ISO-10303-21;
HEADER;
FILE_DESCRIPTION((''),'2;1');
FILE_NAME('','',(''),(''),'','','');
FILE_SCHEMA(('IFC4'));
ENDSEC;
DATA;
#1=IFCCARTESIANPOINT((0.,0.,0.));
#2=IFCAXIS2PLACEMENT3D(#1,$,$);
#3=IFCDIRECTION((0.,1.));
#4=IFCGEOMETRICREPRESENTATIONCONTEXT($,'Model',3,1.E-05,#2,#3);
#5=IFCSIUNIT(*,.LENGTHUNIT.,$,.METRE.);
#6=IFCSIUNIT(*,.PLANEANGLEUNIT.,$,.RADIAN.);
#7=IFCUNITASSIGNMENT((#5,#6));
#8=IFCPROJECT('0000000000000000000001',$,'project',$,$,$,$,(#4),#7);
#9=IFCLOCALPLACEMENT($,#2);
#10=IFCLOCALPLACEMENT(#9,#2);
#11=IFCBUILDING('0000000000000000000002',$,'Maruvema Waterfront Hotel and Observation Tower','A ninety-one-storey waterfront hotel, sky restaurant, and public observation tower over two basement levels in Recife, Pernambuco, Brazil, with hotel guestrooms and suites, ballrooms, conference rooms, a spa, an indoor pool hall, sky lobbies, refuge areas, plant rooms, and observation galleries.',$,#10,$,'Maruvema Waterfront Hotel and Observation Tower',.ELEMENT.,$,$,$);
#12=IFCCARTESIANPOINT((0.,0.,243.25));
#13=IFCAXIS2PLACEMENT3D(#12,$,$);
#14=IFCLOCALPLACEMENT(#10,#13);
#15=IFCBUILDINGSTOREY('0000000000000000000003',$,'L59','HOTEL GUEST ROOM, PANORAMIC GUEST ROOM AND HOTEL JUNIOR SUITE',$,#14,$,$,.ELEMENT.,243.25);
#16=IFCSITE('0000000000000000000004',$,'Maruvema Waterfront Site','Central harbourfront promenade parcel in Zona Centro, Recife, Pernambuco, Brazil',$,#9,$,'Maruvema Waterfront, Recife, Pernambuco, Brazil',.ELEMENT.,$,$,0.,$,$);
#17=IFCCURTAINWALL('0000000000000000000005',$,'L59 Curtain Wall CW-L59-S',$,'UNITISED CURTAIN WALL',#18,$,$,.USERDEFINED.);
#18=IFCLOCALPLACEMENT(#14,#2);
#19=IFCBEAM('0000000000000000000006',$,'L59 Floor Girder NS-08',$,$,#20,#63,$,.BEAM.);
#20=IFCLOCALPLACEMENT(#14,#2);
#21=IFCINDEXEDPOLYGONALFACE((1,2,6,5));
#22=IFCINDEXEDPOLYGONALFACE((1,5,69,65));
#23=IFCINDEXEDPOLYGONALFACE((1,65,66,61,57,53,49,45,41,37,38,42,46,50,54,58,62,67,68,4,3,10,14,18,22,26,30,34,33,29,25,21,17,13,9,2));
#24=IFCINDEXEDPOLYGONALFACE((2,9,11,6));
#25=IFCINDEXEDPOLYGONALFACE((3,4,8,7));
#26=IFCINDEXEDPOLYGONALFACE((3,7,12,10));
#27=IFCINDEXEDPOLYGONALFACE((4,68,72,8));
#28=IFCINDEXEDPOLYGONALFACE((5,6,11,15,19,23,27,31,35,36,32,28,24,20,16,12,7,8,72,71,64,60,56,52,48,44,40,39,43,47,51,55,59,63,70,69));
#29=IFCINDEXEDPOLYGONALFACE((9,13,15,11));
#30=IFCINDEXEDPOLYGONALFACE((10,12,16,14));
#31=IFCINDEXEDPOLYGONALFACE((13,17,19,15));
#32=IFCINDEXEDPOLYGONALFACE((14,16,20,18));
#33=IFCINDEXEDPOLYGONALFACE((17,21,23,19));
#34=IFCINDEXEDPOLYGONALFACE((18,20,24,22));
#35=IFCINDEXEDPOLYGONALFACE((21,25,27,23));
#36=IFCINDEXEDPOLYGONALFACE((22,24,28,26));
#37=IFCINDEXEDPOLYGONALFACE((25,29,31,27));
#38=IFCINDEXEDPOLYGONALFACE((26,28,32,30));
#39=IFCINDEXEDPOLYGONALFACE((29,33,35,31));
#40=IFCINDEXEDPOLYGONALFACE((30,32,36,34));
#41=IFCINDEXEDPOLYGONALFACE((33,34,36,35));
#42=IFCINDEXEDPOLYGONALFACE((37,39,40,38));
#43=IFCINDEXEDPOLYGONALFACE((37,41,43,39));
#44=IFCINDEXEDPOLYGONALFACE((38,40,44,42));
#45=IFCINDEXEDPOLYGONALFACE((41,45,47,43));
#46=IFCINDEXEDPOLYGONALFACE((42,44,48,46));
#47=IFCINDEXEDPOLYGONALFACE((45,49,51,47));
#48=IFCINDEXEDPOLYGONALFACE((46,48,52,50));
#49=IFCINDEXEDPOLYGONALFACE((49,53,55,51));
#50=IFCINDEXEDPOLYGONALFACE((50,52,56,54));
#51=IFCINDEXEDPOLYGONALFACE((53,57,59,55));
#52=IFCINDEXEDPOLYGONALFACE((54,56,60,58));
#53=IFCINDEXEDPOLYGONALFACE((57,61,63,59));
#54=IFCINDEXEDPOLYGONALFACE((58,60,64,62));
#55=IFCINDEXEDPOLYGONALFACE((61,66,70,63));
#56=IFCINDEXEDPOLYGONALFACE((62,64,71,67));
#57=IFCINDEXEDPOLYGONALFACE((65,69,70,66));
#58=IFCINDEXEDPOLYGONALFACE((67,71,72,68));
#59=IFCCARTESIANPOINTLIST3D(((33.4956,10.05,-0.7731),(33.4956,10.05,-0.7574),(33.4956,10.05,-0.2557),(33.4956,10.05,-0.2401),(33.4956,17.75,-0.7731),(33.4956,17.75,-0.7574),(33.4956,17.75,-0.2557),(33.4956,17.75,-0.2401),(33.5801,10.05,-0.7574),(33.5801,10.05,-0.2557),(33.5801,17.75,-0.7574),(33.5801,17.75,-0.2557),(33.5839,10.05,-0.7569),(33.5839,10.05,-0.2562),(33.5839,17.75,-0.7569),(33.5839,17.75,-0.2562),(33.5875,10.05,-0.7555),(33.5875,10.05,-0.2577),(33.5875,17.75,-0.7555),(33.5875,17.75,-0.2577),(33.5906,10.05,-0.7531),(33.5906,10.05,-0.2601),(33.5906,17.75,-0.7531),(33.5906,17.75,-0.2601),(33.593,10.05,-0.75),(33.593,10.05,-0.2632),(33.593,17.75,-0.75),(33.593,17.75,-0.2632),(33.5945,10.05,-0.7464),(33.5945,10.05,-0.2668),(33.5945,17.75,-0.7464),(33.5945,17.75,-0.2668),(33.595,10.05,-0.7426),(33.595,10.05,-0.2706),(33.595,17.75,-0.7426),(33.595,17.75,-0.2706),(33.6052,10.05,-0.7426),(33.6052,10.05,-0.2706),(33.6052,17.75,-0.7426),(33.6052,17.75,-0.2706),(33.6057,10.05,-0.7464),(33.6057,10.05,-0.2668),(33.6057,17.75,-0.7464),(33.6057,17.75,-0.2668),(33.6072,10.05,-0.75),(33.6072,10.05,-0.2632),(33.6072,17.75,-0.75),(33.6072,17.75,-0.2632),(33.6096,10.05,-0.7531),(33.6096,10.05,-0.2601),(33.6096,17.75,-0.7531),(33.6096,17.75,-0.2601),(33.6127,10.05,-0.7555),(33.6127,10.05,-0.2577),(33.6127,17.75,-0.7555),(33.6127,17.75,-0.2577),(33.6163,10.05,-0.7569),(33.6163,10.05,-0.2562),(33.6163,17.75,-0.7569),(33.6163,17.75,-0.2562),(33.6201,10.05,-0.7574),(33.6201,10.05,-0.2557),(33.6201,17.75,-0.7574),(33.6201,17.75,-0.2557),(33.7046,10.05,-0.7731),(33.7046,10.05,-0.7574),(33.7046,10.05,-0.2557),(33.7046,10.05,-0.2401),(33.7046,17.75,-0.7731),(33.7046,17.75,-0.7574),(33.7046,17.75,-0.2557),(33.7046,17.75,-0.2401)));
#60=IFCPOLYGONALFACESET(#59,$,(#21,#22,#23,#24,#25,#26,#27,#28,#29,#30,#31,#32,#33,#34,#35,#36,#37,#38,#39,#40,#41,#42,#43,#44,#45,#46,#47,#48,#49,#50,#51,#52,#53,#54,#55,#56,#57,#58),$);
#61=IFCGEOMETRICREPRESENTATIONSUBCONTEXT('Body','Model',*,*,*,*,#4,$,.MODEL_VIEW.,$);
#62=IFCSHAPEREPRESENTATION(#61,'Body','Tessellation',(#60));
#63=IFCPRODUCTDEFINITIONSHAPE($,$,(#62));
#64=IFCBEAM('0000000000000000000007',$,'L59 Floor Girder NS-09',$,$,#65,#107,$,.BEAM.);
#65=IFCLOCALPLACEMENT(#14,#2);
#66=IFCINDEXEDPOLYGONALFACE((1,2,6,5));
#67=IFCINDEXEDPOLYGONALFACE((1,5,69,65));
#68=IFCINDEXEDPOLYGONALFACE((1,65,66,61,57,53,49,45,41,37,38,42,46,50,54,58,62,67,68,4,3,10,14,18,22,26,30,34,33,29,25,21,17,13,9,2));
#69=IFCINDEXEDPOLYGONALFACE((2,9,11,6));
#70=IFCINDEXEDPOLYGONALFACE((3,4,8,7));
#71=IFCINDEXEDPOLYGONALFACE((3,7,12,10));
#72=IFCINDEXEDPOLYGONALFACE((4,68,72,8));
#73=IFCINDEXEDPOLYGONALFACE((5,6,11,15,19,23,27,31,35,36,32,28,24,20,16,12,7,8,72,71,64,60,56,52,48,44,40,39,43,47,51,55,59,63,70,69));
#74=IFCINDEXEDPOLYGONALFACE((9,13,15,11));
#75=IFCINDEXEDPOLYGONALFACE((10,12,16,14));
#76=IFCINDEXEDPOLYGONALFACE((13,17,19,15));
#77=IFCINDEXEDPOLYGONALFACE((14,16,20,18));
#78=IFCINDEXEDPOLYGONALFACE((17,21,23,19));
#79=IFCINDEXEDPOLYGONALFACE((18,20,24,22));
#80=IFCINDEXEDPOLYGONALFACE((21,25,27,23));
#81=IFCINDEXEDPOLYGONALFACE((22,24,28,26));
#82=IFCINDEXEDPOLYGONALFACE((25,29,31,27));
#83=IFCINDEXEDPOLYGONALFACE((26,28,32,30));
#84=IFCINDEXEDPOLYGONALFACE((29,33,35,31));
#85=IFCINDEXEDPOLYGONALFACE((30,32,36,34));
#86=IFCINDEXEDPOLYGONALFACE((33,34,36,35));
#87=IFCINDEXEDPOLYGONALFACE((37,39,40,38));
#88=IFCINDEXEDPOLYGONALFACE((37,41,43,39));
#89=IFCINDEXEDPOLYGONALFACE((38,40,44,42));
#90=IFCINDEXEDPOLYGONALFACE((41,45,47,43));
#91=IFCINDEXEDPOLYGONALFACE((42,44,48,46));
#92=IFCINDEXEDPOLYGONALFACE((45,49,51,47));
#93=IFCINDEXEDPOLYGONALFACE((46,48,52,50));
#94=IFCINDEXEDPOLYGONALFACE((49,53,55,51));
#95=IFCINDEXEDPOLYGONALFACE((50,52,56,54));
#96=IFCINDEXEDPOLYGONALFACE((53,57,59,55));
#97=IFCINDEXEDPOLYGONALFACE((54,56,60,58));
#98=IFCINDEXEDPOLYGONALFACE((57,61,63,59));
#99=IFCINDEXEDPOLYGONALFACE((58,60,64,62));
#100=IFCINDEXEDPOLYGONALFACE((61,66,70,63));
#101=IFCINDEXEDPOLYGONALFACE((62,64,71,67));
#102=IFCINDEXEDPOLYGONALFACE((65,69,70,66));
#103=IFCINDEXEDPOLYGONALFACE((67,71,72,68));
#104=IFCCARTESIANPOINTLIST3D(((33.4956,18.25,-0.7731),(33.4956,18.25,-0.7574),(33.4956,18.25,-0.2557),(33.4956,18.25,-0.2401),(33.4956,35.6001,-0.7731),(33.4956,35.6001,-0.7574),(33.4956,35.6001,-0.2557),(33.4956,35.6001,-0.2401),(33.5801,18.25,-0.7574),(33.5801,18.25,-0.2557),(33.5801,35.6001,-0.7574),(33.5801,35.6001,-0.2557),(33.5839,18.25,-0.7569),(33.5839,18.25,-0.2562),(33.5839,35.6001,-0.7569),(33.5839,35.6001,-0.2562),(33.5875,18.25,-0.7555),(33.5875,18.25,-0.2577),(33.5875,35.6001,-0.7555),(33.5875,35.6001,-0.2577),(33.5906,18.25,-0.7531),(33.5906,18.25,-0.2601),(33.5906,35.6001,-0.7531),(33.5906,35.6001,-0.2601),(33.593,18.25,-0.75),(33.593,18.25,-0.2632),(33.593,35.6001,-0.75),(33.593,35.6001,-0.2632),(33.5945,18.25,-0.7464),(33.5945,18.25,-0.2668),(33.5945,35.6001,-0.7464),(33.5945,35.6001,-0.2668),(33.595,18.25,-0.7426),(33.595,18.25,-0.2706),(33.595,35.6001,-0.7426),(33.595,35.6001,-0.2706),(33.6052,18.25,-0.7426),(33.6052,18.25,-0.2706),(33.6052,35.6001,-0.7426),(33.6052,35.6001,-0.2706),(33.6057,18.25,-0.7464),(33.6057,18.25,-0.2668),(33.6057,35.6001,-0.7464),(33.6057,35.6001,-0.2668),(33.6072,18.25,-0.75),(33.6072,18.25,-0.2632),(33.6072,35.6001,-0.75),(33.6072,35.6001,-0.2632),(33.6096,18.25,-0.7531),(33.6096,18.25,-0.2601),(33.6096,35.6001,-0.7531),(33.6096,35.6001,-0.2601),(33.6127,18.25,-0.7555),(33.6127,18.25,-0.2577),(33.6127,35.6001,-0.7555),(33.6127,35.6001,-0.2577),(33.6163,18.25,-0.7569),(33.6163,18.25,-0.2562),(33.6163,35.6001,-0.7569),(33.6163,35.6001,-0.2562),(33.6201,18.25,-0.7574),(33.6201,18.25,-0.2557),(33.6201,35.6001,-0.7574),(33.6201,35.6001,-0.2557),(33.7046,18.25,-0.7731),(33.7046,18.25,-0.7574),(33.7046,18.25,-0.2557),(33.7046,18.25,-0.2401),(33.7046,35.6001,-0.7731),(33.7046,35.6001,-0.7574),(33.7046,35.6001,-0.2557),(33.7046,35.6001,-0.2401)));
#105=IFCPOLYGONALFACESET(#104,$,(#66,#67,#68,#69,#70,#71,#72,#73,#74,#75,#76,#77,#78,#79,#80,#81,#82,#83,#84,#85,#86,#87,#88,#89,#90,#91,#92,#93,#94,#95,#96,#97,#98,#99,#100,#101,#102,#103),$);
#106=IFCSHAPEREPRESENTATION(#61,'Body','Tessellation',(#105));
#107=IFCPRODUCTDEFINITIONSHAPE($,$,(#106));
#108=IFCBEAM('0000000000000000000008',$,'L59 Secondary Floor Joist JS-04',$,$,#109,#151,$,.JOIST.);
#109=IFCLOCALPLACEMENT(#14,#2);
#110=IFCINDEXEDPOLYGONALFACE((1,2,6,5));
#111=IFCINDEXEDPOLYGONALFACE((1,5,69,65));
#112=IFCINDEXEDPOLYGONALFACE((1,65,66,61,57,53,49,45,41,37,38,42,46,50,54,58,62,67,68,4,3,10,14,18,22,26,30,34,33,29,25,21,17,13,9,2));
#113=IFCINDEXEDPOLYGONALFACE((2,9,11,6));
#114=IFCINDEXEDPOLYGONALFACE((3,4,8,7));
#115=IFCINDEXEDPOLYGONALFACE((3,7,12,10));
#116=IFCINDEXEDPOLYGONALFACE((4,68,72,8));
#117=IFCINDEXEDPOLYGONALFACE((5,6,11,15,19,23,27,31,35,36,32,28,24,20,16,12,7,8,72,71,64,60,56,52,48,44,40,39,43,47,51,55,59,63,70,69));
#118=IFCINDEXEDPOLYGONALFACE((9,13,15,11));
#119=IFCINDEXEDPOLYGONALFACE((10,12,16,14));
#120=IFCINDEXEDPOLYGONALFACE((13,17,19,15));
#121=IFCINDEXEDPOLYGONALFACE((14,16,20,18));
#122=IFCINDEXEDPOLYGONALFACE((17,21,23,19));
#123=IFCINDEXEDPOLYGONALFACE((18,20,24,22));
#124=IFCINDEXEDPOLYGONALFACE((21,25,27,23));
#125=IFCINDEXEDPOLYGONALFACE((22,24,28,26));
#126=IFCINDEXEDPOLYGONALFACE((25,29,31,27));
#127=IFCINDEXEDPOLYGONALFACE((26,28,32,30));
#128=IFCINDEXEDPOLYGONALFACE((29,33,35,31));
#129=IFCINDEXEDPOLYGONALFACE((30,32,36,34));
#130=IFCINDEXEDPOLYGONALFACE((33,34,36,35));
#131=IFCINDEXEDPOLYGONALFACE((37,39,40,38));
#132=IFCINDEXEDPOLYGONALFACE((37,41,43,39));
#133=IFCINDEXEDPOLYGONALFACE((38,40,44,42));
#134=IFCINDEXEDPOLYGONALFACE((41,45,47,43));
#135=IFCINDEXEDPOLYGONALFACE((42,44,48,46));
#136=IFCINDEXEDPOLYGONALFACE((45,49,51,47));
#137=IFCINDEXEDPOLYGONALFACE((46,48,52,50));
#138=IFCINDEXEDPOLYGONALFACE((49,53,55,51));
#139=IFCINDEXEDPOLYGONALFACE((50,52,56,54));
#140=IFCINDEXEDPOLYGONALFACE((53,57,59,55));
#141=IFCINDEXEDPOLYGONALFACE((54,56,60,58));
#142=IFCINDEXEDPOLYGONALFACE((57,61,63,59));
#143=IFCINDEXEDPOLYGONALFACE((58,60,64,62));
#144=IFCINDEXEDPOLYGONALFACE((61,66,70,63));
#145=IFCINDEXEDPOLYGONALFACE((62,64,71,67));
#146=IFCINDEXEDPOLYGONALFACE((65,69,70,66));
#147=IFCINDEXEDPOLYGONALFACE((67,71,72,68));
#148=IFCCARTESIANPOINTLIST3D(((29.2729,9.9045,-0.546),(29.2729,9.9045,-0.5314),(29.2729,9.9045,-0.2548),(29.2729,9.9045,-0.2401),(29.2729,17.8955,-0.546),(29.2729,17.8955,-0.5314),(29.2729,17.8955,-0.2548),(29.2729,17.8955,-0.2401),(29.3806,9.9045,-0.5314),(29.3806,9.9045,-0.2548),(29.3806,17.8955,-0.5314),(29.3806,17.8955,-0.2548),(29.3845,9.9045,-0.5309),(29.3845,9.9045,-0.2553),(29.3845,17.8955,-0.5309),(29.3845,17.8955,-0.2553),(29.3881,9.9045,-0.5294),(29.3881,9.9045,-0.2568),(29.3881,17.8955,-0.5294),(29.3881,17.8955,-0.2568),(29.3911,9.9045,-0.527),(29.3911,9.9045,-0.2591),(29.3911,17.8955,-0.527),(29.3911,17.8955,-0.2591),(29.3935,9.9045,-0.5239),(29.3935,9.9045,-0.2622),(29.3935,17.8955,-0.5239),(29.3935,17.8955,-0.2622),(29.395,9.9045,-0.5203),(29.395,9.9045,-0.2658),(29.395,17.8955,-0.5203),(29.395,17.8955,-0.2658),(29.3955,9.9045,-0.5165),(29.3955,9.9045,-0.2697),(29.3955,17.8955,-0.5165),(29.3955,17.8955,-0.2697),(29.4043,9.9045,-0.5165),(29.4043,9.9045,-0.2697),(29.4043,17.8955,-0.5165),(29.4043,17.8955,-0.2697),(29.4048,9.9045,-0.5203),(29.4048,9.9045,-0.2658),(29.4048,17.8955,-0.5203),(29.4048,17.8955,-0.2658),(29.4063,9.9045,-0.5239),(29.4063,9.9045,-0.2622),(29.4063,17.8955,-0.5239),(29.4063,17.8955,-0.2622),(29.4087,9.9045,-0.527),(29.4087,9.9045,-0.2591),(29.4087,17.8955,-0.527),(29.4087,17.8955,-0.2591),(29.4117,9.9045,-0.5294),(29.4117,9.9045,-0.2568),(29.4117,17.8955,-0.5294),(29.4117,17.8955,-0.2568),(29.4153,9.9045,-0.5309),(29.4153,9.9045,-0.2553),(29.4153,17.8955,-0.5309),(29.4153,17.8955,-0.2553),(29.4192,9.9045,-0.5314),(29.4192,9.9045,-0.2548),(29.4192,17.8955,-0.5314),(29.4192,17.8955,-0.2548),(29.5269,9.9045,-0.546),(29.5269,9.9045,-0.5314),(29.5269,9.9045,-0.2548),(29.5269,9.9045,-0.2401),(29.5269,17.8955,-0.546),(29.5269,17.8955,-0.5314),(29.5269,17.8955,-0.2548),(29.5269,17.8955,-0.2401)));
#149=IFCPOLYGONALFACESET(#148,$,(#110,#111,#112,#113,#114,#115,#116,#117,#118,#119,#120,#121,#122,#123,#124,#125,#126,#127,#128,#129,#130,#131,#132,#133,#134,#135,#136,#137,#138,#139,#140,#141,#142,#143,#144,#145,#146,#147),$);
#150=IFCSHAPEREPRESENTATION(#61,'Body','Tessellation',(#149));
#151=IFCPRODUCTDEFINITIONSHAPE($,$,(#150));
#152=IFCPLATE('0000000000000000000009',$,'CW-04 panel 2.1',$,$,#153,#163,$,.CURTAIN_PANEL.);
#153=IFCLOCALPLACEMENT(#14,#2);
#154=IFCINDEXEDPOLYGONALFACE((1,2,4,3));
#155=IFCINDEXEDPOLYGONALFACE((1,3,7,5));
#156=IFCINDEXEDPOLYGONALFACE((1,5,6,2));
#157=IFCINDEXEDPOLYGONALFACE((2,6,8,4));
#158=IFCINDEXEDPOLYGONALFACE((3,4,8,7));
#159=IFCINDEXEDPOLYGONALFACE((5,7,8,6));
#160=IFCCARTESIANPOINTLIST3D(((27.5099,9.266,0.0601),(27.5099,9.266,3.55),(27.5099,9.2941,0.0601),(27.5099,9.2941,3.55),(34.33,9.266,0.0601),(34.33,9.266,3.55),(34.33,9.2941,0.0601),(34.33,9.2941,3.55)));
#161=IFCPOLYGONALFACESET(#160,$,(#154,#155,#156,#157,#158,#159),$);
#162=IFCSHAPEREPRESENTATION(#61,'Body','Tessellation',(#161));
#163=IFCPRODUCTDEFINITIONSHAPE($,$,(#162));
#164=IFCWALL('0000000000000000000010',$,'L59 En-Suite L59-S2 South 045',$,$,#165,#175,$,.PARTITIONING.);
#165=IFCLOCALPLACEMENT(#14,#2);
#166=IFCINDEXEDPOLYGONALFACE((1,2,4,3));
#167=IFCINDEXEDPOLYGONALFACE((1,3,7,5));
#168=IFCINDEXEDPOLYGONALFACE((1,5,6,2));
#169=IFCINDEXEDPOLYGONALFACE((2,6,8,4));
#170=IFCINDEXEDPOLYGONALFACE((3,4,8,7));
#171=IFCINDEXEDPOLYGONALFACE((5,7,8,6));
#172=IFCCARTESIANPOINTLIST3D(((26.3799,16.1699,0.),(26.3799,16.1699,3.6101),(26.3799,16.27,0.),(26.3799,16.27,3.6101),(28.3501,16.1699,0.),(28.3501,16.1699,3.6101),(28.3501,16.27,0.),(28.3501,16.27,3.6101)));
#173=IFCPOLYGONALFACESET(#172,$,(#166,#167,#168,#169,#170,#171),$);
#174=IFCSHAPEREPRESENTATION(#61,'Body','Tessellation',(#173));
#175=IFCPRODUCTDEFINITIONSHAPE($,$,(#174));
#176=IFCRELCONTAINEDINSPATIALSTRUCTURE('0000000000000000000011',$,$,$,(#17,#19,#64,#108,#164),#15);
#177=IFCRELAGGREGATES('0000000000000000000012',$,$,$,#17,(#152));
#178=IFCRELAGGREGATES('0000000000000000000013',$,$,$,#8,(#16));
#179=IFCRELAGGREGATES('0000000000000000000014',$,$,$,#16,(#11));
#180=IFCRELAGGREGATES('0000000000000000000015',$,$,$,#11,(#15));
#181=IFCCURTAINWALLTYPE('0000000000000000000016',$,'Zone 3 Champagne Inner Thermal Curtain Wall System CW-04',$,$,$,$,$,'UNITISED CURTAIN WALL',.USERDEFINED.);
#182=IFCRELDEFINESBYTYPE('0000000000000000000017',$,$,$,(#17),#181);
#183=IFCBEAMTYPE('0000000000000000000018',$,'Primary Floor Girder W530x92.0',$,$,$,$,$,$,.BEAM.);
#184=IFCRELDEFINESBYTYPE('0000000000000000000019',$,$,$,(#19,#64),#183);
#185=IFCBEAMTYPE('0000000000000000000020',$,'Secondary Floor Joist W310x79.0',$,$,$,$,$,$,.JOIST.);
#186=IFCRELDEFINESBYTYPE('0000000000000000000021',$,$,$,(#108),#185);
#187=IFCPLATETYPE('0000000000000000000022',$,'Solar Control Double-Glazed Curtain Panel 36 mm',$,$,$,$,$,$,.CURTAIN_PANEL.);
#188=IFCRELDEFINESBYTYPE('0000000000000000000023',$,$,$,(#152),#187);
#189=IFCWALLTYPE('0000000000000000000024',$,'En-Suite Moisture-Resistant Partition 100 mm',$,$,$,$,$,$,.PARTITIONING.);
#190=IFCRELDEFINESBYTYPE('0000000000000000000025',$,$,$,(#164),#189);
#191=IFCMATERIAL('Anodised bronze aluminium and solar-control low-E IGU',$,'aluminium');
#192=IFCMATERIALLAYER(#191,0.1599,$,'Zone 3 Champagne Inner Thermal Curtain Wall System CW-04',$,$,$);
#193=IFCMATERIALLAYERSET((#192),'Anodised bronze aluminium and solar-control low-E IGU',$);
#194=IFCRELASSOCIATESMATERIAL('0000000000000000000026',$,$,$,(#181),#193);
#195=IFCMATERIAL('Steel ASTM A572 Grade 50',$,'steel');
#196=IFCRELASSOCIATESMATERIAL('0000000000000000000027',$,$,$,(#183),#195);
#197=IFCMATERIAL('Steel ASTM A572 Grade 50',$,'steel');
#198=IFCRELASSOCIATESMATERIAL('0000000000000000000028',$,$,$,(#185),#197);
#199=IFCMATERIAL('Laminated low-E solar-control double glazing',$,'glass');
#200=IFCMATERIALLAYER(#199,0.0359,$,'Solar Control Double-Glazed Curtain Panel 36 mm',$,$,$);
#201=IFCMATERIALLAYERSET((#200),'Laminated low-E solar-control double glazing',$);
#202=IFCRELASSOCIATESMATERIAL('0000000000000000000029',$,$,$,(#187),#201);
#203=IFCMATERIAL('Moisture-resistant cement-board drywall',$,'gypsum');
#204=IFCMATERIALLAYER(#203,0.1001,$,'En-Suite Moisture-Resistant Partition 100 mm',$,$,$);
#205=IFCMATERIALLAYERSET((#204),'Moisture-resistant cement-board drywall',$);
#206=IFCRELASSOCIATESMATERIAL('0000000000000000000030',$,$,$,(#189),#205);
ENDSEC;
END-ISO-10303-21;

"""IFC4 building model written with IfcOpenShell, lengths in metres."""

from ifc_helpers import new_model, si_unit, direction, frame, frame_2d, origin, origin_2d, place, context, subcontext, project, spatial, rectangle, i_section, extrude, material, layer, layer_set, material_profile, profile_set, type_object, element, aggregate, save


model = new_model("IFC4")

# Units and contexts
model_context = context("Model", 3, precision=1e-05, world=origin(), true_north=direction((0.0, 1.0)))
body_context = subcontext(model_context, "Body", "Model", "MODEL_VIEW")
ifc_project = project(units=[si_unit("LENGTHUNIT", "METRE"), si_unit("PLANEANGLEUNIT", "RADIAN")], contexts=[model_context])

# Site, building, storey
site_placement = place(None, origin())
site = spatial("IfcSite", under=ifc_project, at=site_placement, Name="Maruvema Waterfront Site", Description="Central harbourfront promenade parcel in Zona Centro, Recife, Pernambuco, Brazil", LongName="Maruvema Waterfront, Recife, Pernambuco, Brazil", CompositionType="ELEMENT", RefElevation=0.0)
building_placement = place(site_placement, origin())
building = spatial("IfcBuilding", under=site, at=building_placement, Name="Maruvema Waterfront Hotel and Observation Tower", Description="A ninety-one-storey waterfront hotel, sky restaurant, and public observation tower over two basement levels in Recife, Pernambuco, Brazil, with hotel guestrooms and suites, ballrooms, conference rooms, a spa, an indoor pool hall, sky lobbies, refuge areas, plant rooms, and observation galleries.", LongName="Maruvema Waterfront Hotel and Observation Tower", CompositionType="ELEMENT")
storey_placement = place(building_placement, frame((0.0, 0.0, 243.25)))
storey = spatial("IfcBuildingStorey", under=building, at=storey_placement, Name="L59", Description="HOTEL GUEST ROOM, PANORAMIC GUEST ROOM AND HOTEL JUNIOR SUITE", CompositionType="ELEMENT", Elevation=243.25)

# Curtain wall
ifc_material_1 = material(Name="Anodised bronze aluminium and solar-control low-E IGU", Category="aluminium")
ifc_layer_1 = layer(ifc_material_1, 0.1599, Name="Zone 3 Champagne Inner Thermal Curtain Wall System CW-04")
ifc_layer_set_1 = layer_set([ifc_layer_1], Name="Anodised bronze aluminium and solar-control low-E IGU")
curtain_wall_type = type_object("IfcCurtainWallType", Name="Zone 3 Champagne Inner Thermal Curtain Wall System CW-04", ElementType="UNITISED CURTAIN WALL", PredefinedType="USERDEFINED", material=ifc_layer_set_1)
curtain_wall_placement = place(storey_placement, origin())
curtain_wall = element("IfcCurtainWall", 1, at=curtain_wall_placement, inside=storey, type_object=curtain_wall_type, Name="L59 Curtain Wall CW-L59-S", ObjectType="UNITISED CURTAIN WALL", PredefinedType="USERDEFINED")

# Beams
ifc_material_2 = material(Name="Steel ASTM A572 Grade 50", Category="steel")
ifc_material_profile_1 = material_profile(ifc_material_2, i_section(OverallWidth=0.209, OverallDepth=0.533, WebThickness=0.0103, FlangeThickness=0.0156, FilletRadius=0.0149, at=origin_2d()), Name="W530x92.0")
ifc_profile_set_1 = profile_set([ifc_material_profile_1], Name="Steel ASTM A572 Grade 50")
beam_type_1 = type_object("IfcBeamType", Name="Primary Floor Girder W530x92.0", PredefinedType="BEAM", material=ifc_profile_set_1)
beam_1_placement = place(storey_placement, frame((33.6001, 10.05, -0.5066), z_axis=(0.0, 1.0, 0.0), x_axis=(-1.0, 0.0, 0.0)))
element("IfcBeam", 2, at=beam_1_placement, inside=storey, type_object=beam_type_1, Name="L59 Floor Girder NS-08", PredefinedType="BEAM", context=body_context, shape_type="SweptSolid", body=[
    extrude(i_section(OverallWidth=0.209, OverallDepth=0.533, WebThickness=0.0103, FlangeThickness=0.0156, FilletRadius=0.0149, at=origin_2d()), origin(), (0.0, 0.0, 1.0), 7.7),
])
beam_2_placement = place(storey_placement, frame((33.6001, 18.25, -0.5066), z_axis=(0.0, 1.0, 0.0), x_axis=(-1.0, 0.0, 0.0)))
element("IfcBeam", 3, at=beam_2_placement, inside=storey, type_object=beam_type_1, Name="L59 Floor Girder NS-09", PredefinedType="BEAM", context=body_context, shape_type="SweptSolid", body=[
    extrude(i_section(OverallWidth=0.209, OverallDepth=0.533, WebThickness=0.0103, FlangeThickness=0.0156, FilletRadius=0.0149, at=origin_2d()), origin(), (0.0, 0.0, 1.0), 17.3501),
])
ifc_material_3 = material(Name="Steel ASTM A572 Grade 50", Category="steel")
ifc_material_profile_2 = material_profile(ifc_material_3, i_section(OverallWidth=0.2539, OverallDepth=0.3059, WebThickness=0.0088, FlangeThickness=0.0146, FilletRadius=0.0149, at=origin_2d()), Name="W310x79.0")
ifc_profile_set_2 = profile_set([ifc_material_profile_2], Name="Steel ASTM A572 Grade 50")
beam_type_2 = type_object("IfcBeamType", Name="Secondary Floor Joist W310x79.0", PredefinedType="JOIST", material=ifc_profile_set_2)
beam_3_placement = place(storey_placement, frame((29.3999, 9.9045, -0.3931), z_axis=(0.0, 1.0, 0.0), x_axis=(-1.0, 0.0, 0.0)))
element("IfcBeam", 4, at=beam_3_placement, inside=storey, type_object=beam_type_2, Name="L59 Secondary Floor Joist JS-04", PredefinedType="JOIST", context=body_context, shape_type="SweptSolid", body=[
    extrude(i_section(OverallWidth=0.2539, OverallDepth=0.3059, WebThickness=0.0088, FlangeThickness=0.0146, FilletRadius=0.0149, at=origin_2d()), origin(), (0.0, 0.0, 1.0), 7.991),
])

# Plate
ifc_material_4 = material(Name="Laminated low-E solar-control double glazing", Category="glass")
ifc_layer_2 = layer(ifc_material_4, 0.0359, Name="Solar Control Double-Glazed Curtain Panel 36 mm")
ifc_layer_set_2 = layer_set([ifc_layer_2], Name="Laminated low-E solar-control double glazing")
plate_type = type_object("IfcPlateType", Name="Solar Control Double-Glazed Curtain Panel 36 mm", PredefinedType="CURTAIN_PANEL", material=ifc_layer_set_2)
plate_placement = place(storey_placement, frame((30.9199, 9.28, 0.0601), z_axis=(0.0, 0.0, 1.0), x_axis=(1.0, 0.0, 0.0)))
plate = element("IfcPlate", 5, at=plate_placement, type_object=plate_type, Name="CW-04 panel 2.1", PredefinedType="CURTAIN_PANEL", context=body_context, shape_type="SweptSolid", body=[
    extrude(rectangle(XDim=6.8201, YDim=0.0281, at=origin_2d()), origin(), (0.0, 0.0, 1.0), 3.49),
])
aggregate(curtain_wall, [plate])

# Wall
ifc_material_5 = material(Name="Moisture-resistant cement-board drywall", Category="gypsum")
ifc_layer_3 = layer(ifc_material_5, 0.1001, Name="En-Suite Moisture-Resistant Partition 100 mm")
ifc_layer_set_3 = layer_set([ifc_layer_3], Name="Moisture-resistant cement-board drywall")
wall_type_1 = type_object("IfcWallType", Name="En-Suite Moisture-Resistant Partition 100 mm", PredefinedType="PARTITIONING", material=ifc_layer_set_3)
wall_1_placement = place(storey_placement, frame((26.3799, 16.22, 0.0), z_axis=(0.0, 0.0, 1.0), x_axis=(1.0, 0.0, 0.0)))
element("IfcWall", 6, at=wall_1_placement, inside=storey, type_object=wall_type_1, Name="L59 En-Suite L59-S2 South 045", PredefinedType="PARTITIONING", context=body_context, shape_type="SweptSolid", body=[
    extrude(rectangle(XDim=1.9702, YDim=0.1001, at=frame_2d((0.9851, 0.0))), origin(), (0.0, 0.0, 1.0), 3.6101),
])

save(model, "model.ifc")
